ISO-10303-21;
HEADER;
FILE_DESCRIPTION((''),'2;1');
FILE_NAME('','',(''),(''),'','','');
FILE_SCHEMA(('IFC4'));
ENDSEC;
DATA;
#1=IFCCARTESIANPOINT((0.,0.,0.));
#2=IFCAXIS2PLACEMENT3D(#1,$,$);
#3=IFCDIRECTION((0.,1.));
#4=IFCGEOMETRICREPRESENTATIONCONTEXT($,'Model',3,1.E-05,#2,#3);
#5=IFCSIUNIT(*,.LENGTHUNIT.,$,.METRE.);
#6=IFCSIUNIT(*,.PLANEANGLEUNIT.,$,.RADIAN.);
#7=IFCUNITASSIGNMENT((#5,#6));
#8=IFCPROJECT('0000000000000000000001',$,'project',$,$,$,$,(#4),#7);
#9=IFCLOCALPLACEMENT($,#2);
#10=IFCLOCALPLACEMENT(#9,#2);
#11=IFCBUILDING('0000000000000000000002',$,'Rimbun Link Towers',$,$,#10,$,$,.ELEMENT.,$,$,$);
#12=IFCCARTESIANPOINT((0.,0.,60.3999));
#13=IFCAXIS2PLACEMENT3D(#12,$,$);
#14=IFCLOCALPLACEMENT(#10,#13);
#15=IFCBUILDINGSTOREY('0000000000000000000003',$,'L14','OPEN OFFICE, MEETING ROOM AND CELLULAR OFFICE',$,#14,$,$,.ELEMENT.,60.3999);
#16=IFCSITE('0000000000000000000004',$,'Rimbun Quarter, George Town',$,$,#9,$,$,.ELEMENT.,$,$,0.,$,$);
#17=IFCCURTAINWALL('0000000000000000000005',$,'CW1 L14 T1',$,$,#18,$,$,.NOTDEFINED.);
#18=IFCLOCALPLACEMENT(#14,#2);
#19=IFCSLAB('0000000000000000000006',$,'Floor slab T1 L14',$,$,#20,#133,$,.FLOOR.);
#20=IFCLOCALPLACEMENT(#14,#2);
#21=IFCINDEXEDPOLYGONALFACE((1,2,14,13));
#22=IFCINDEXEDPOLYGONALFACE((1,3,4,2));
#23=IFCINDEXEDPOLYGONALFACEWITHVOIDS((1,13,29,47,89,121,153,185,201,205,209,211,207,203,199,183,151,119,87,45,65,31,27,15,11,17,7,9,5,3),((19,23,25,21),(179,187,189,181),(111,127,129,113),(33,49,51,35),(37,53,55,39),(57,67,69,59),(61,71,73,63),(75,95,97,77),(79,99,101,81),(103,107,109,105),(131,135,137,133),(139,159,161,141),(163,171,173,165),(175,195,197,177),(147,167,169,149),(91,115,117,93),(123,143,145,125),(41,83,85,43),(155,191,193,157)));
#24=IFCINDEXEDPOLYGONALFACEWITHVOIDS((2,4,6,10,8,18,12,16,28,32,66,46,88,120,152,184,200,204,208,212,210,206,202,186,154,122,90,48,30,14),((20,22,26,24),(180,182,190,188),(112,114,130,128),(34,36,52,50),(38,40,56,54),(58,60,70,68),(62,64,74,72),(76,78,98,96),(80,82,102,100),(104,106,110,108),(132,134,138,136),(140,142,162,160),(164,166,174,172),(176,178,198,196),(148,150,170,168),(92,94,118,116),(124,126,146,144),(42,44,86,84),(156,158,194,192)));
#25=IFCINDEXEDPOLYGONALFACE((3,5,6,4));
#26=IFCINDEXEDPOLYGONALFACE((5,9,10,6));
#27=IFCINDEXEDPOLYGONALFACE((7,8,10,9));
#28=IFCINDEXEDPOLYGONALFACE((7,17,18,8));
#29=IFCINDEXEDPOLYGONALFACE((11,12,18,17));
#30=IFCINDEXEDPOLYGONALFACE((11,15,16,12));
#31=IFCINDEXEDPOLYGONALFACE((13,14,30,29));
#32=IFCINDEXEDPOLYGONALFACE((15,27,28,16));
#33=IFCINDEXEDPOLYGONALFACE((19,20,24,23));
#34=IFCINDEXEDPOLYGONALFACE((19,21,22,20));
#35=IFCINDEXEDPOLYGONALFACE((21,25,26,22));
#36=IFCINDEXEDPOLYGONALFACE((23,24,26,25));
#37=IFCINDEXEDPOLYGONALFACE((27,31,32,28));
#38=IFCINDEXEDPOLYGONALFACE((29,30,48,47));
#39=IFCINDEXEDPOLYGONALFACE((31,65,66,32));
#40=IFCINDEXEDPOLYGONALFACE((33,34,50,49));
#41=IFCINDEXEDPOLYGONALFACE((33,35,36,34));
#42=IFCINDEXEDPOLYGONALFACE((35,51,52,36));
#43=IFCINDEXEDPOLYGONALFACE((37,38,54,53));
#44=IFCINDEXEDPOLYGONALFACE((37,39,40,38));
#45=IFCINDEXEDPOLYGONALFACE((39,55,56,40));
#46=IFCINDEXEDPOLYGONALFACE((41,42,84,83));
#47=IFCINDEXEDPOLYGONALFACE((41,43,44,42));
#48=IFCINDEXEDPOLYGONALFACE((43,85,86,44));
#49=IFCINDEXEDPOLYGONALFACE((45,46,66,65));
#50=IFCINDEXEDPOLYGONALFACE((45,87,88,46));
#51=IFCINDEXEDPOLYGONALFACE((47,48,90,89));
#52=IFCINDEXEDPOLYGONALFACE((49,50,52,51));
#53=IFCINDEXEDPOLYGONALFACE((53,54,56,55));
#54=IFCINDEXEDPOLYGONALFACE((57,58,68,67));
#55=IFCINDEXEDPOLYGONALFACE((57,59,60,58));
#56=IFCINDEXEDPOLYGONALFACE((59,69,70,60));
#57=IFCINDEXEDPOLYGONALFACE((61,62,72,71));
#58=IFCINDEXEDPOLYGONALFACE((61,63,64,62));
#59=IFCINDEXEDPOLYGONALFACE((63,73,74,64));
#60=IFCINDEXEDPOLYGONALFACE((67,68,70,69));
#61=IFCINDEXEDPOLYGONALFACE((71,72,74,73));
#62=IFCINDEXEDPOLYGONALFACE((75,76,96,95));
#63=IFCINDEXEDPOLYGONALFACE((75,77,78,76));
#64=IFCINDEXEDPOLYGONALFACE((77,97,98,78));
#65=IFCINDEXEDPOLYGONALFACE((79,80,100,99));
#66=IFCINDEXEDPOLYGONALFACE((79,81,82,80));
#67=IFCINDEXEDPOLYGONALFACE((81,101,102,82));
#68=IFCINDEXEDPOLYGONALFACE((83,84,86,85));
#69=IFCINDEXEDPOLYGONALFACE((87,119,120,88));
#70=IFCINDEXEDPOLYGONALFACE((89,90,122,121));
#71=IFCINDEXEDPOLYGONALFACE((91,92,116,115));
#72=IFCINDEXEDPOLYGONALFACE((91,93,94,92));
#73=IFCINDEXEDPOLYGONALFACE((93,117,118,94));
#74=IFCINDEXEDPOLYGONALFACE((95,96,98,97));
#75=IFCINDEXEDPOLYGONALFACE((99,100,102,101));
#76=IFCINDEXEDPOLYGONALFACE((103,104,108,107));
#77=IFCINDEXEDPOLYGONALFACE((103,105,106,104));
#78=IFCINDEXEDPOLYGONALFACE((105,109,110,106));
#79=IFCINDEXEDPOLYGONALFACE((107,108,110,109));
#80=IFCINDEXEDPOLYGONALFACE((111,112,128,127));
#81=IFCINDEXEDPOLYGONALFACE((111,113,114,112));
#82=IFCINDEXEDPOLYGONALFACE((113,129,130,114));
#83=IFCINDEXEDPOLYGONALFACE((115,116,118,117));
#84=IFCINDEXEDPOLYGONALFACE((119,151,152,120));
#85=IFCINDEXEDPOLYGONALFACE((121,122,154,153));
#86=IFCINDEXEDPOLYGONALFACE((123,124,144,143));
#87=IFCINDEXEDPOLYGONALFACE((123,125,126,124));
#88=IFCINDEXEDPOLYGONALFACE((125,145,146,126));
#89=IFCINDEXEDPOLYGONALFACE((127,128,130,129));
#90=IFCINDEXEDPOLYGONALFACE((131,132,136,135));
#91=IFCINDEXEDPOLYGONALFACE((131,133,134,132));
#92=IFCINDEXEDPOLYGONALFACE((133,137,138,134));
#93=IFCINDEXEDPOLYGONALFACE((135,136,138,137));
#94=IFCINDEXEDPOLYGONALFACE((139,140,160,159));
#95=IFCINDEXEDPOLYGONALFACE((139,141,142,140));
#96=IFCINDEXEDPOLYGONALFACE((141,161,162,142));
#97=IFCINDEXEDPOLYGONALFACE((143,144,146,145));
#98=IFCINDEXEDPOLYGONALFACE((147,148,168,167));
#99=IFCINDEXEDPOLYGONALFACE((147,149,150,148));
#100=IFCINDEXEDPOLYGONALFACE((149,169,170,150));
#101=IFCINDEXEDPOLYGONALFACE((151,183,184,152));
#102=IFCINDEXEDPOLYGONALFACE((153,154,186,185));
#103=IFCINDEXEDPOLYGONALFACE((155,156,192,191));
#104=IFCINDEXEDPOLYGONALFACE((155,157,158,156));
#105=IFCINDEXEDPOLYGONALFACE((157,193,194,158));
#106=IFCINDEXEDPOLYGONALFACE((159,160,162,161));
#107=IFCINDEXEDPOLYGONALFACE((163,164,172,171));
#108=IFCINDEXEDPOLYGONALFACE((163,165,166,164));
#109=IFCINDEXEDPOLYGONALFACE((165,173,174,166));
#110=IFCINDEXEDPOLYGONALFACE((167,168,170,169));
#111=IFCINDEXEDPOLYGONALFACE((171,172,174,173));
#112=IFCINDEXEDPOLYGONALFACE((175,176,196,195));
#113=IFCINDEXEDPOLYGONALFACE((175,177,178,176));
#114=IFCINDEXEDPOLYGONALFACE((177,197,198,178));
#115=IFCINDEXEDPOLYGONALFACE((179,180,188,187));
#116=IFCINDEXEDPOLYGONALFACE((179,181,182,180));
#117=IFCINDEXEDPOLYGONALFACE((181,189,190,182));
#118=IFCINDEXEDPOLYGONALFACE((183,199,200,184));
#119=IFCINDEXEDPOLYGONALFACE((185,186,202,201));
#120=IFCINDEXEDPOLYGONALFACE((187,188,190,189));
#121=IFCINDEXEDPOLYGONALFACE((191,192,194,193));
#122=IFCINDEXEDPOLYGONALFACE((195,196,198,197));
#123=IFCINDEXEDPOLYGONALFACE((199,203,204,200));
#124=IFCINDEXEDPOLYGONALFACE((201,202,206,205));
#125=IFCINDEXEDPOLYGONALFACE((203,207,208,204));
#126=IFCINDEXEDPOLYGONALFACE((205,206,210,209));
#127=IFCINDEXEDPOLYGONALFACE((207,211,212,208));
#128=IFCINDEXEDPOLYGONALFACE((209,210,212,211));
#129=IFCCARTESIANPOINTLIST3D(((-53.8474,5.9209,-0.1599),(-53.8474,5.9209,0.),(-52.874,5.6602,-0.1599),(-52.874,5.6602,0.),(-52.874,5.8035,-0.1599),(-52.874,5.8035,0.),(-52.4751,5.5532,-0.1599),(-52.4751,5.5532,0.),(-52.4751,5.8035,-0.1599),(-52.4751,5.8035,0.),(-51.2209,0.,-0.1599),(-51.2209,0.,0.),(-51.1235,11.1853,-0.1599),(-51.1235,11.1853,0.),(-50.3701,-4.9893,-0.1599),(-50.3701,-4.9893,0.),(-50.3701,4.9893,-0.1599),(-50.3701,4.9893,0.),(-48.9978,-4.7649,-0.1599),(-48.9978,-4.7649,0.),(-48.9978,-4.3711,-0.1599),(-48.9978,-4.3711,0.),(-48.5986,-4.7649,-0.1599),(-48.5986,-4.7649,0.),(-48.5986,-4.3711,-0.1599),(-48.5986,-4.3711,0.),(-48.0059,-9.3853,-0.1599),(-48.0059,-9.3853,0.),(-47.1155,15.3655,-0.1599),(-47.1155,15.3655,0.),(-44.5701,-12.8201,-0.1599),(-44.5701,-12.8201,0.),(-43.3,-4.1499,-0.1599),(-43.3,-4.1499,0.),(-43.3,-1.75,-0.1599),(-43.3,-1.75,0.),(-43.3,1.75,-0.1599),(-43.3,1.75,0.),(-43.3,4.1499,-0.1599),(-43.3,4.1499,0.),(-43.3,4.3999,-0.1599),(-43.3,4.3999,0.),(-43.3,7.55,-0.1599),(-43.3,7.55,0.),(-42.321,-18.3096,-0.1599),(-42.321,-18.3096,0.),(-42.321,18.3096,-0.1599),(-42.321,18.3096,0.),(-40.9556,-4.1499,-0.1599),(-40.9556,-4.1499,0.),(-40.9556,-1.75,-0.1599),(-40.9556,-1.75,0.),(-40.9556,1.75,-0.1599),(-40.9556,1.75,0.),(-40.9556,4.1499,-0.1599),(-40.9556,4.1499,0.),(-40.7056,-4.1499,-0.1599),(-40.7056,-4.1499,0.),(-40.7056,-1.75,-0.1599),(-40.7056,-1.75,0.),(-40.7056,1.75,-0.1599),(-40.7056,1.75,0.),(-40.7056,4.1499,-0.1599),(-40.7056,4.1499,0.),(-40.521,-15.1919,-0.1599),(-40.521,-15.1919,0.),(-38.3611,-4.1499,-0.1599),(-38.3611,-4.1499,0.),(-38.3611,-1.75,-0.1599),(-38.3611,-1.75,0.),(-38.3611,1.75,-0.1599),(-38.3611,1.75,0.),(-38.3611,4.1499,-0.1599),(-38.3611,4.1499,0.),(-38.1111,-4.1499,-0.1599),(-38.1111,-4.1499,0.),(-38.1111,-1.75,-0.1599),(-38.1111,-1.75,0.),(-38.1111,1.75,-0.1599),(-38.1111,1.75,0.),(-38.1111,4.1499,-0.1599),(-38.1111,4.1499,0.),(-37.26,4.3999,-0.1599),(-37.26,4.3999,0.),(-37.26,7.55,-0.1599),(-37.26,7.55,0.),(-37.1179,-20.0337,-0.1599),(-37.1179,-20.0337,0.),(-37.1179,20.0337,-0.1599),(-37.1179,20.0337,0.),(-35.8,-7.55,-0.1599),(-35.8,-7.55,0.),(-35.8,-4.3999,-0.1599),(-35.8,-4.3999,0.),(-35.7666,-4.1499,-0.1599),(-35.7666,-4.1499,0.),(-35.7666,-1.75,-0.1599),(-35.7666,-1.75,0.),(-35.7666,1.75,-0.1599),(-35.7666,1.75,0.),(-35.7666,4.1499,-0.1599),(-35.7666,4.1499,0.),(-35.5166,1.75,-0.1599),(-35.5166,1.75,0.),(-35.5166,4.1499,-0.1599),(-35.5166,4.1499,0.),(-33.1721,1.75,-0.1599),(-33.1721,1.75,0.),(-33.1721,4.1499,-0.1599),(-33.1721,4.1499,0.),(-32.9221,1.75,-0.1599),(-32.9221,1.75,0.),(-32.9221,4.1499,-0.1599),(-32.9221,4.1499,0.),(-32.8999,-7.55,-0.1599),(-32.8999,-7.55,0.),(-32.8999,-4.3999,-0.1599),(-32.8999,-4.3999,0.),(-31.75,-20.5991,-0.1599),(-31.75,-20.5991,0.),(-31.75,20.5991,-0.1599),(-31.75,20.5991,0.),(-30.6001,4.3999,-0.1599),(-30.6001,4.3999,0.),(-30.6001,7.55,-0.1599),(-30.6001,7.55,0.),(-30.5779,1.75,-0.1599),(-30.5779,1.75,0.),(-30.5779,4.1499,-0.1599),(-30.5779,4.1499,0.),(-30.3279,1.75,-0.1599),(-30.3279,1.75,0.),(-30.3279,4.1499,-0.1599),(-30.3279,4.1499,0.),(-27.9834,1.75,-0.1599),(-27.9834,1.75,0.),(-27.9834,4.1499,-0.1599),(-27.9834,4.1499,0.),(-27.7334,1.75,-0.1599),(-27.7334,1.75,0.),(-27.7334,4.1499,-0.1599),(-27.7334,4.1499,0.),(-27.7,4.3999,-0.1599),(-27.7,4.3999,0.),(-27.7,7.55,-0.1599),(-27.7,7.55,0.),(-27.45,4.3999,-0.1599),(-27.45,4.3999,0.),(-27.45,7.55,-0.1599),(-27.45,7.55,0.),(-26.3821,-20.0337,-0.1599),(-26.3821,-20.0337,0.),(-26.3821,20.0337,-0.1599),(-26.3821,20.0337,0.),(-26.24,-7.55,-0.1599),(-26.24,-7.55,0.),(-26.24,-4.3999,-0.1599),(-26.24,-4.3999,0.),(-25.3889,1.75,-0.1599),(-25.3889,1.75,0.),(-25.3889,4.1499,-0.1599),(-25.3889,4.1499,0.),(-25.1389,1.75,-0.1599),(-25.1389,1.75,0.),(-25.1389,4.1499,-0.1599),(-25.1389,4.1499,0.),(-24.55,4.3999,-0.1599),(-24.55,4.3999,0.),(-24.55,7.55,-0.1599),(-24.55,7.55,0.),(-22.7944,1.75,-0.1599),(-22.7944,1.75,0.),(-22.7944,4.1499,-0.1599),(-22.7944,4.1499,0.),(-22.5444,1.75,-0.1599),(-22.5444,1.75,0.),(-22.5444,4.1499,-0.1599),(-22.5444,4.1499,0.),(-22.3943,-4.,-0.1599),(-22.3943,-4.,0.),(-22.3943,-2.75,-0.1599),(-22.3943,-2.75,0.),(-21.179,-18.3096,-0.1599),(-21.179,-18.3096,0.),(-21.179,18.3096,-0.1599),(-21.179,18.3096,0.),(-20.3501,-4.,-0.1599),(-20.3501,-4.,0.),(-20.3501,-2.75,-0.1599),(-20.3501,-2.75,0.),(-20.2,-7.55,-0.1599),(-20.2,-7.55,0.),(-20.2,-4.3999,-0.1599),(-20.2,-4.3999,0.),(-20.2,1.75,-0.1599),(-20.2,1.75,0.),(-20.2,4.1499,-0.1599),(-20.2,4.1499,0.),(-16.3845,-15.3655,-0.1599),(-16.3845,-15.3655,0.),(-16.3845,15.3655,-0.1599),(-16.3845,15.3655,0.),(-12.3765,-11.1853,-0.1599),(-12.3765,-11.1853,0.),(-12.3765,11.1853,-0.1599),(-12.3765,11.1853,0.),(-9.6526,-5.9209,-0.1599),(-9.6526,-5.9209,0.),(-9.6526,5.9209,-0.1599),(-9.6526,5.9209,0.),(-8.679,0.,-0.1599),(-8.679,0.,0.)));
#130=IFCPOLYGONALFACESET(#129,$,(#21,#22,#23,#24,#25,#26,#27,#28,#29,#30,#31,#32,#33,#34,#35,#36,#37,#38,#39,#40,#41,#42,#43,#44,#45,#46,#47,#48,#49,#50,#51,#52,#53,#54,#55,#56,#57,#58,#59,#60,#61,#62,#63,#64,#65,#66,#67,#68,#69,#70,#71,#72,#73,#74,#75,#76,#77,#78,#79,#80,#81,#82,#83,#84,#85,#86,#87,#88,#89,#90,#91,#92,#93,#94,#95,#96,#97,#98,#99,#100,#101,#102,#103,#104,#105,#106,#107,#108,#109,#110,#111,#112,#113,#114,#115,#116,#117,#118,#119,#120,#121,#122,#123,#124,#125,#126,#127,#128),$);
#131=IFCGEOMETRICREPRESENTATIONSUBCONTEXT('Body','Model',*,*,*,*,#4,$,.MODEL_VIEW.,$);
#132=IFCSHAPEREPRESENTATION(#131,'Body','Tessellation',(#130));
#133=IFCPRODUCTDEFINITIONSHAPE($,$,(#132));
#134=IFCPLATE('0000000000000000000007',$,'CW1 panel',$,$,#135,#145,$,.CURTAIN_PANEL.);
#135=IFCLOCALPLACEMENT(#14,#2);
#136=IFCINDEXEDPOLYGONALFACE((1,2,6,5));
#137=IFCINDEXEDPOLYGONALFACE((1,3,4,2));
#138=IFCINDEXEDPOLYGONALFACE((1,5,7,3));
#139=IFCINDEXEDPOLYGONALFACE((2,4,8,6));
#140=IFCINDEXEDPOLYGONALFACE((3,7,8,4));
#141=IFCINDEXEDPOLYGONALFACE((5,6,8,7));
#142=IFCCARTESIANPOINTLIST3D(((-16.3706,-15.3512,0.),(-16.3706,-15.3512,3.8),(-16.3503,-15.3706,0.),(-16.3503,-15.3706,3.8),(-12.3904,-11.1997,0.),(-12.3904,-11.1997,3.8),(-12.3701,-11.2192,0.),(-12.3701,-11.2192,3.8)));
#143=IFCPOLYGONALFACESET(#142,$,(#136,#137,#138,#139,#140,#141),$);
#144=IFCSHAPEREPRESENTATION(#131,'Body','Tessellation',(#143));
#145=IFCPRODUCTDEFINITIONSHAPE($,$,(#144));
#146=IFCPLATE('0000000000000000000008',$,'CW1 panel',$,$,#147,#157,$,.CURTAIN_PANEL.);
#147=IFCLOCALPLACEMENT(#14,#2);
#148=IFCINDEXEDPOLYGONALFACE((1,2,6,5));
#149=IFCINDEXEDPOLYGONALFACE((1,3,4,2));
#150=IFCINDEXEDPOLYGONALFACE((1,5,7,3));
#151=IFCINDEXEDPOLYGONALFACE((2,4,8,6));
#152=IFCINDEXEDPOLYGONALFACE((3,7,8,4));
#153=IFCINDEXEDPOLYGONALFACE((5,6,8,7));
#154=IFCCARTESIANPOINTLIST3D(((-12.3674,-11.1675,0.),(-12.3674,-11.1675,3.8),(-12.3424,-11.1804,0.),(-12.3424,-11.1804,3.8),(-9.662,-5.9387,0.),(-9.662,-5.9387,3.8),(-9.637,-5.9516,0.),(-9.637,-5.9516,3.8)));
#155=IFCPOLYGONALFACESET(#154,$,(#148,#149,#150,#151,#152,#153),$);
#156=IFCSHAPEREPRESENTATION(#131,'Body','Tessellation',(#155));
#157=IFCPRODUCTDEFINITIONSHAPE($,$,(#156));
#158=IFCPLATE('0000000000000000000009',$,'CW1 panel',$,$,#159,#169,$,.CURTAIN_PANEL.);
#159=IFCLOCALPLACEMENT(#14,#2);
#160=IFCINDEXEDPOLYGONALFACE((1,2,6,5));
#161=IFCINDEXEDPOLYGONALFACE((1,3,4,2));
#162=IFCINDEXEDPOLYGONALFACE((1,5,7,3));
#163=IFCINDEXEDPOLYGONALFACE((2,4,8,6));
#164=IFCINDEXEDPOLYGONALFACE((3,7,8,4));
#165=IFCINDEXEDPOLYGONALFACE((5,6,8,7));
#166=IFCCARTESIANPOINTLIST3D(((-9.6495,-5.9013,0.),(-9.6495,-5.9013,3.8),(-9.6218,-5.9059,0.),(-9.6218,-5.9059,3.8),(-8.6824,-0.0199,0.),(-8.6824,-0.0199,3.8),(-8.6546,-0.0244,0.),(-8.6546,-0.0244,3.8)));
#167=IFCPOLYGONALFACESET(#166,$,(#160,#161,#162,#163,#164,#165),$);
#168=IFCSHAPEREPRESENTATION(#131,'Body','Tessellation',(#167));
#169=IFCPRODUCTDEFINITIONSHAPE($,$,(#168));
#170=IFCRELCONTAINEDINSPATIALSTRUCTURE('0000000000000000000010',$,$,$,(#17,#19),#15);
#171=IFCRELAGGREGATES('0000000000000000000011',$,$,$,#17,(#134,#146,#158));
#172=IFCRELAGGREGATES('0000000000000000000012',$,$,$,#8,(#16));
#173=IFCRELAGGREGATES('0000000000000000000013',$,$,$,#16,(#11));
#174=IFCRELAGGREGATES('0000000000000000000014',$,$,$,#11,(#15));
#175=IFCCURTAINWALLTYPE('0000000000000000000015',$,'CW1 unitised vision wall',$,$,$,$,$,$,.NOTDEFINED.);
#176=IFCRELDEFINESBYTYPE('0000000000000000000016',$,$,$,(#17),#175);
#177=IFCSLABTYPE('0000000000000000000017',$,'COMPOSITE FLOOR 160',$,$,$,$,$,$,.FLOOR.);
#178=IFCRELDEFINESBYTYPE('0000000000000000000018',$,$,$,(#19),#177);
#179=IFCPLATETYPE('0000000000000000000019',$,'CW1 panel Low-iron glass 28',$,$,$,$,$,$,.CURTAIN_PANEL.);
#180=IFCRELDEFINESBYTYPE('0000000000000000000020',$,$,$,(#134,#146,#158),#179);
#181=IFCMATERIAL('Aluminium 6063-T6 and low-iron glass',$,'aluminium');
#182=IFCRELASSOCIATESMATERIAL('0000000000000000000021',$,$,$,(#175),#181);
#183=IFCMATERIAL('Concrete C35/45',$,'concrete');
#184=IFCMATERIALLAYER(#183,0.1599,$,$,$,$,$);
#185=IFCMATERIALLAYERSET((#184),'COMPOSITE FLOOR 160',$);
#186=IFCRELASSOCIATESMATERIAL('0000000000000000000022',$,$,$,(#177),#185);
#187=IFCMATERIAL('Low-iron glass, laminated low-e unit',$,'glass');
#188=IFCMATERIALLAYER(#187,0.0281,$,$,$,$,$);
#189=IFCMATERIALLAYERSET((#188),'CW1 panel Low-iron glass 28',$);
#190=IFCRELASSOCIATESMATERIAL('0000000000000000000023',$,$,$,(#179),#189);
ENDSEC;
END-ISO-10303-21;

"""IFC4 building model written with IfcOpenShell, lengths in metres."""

from ifc_helpers import new_model, si_unit, direction, frame, origin, origin_2d, place, context, subcontext, project, spatial, polyline, rectangle, outline, extrude, material, layer, layer_set, type_object, element, aggregate, save


model = new_model("IFC4")

# Units and contexts
model_context = context("Model", 3, precision=1e-05, world=origin(), true_north=direction((0.0, 1.0)))
body_context = subcontext(model_context, "Body", "Model", "MODEL_VIEW")
ifc_project = project(units=[si_unit("LENGTHUNIT", "METRE"), si_unit("PLANEANGLEUNIT", "RADIAN")], contexts=[model_context])

# Site, building, storey
site_placement = place(None, origin())
site = spatial("IfcSite", under=ifc_project, at=site_placement, Name="Rimbun Quarter, George Town", CompositionType="ELEMENT", RefElevation=0.0)
building_placement = place(site_placement, origin())
building = spatial("IfcBuilding", under=site, at=building_placement, Name="Rimbun Link Towers", CompositionType="ELEMENT")
storey_placement = place(building_placement, frame((0.0, 0.0, 60.3999)))
storey = spatial("IfcBuildingStorey", under=building, at=storey_placement, Name="L14", Description="OPEN OFFICE, MEETING ROOM AND CELLULAR OFFICE", CompositionType="ELEMENT", Elevation=60.3999)

# Curtain wall
ifc_material_1 = material(Name="Aluminium 6063-T6 and low-iron glass", Category="aluminium")
curtain_wall_type = type_object("IfcCurtainWallType", Name="CW1 unitised vision wall", PredefinedType="NOTDEFINED", material=ifc_material_1)
curtain_wall_placement = place(storey_placement, origin())
curtain_wall = element("IfcCurtainWall", 1, at=curtain_wall_placement, inside=storey, type_object=curtain_wall_type, Name="CW1 L14 T1", PredefinedType="NOTDEFINED")

# Slab
ifc_material_2 = material(Name="Concrete C35/45", Category="concrete")
ifc_layer_1 = layer(ifc_material_2, 0.1599)
ifc_layer_set_1 = layer_set([ifc_layer_1], Name="COMPOSITE FLOOR 160")
slab_type = type_object("IfcSlabType", Name="COMPOSITE FLOOR 160", PredefinedType="FLOOR", material=ifc_layer_set_1)
slab_placement = place(storey_placement, frame((0.0, 0.0, -0.1599)))
element("IfcSlab", 2, at=slab_placement, inside=storey, type_object=slab_type, Name="Floor slab T1 L14", PredefinedType="FLOOR", context=body_context, shape_type="SweptSolid", body=[
    extrude(outline(polyline([(-53.8474, 5.9209), (-51.1235, 11.1853), (-47.1155, 15.3655), (-42.321, 18.3096), (-37.1179, 20.0337), (-31.75, 20.5991), (-26.3821, 20.0337), (-21.179, 18.3096), (-16.3845, 15.3655), (-12.3765, 11.1853), (-9.6526, 5.9209), (-8.679, 0.0), (-9.6526, -5.9209), (-12.3765, -11.1853), (-16.3845, -15.3655), (-21.179, -18.3096), (-26.3821, -20.0337), (-31.75, -20.5991), (-37.1179, -20.0337), (-42.321, -18.3096), (-40.521, -15.1919), (-44.5701, -12.8201), (-48.0059, -9.3853), (-50.3701, -4.9893), (-51.2209, 0.0), (-50.3701, 4.9893), (-52.4751, 5.5532), (-52.4751, 5.8035), (-52.874, 5.8035), (-52.874, 5.6602), (-53.8474, 5.9209)]), holes=[polyline([(-32.8999, -7.55), (-32.8999, -4.3999), (-35.8, -4.3999), (-35.8, -7.55), (-32.8999, -7.55)]), polyline([(-48.5986, -4.7649), (-48.5986, -4.3711), (-48.9978, -4.3711), (-48.9978, -4.7649), (-48.5986, -4.7649)]), polyline([(-40.9556, -4.1499), (-40.9556, -1.75), (-43.3, -1.75), (-43.3, -4.1499), (-40.9556, -4.1499)]), polyline([(-40.7056, -4.1499), (-38.3611, -4.1499), (-38.3611, -1.75), (-40.7056, -1.75), (-40.7056, -4.1499)]), polyline([(-38.1111, -4.1499), (-35.7666, -4.1499), (-35.7666, -1.75), (-38.1111, -1.75), (-38.1111, -4.1499)]), polyline([(-40.9556, 1.75), (-40.9556, 4.1499), (-43.3, 4.1499), (-43.3, 1.75), (-40.9556, 1.75)]), polyline([(-38.3611, 1.75), (-38.3611, 4.1499), (-40.7056, 4.1499), (-40.7056, 1.75), (-38.3611, 1.75)]), polyline([(-35.7666, 1.75), (-35.7666, 4.1499), (-38.1111, 4.1499), (-38.1111, 1.75), (-35.7666, 1.75)]), polyline([(-43.3, 4.3999), (-37.26, 4.3999), (-37.26, 7.55), (-43.3, 7.55), (-43.3, 4.3999)]), polyline([(-20.2, -7.55), (-20.2, -4.3999), (-26.24, -4.3999), (-26.24, -7.55), (-20.2, -7.55)]), polyline([(-22.3943, -4.0), (-20.3501, -4.0), (-20.3501, -2.75), (-22.3943, -2.75), (-22.3943, -4.0)]), polyline([(-33.1721, 1.75), (-33.1721, 4.1499), (-35.5166, 4.1499), (-35.5166, 1.75), (-33.1721, 1.75)]), polyline([(-32.9221, 1.75), (-30.5779, 1.75), (-30.5779, 4.1499), (-32.9221, 4.1499), (-32.9221, 1.75)]), polyline([(-30.3279, 1.75), (-27.9834, 1.75), (-27.9834, 4.1499), (-30.3279, 4.1499), (-30.3279, 1.75)]), polyline([(-25.3889, 1.75), (-25.3889, 4.1499), (-27.7334, 4.1499), (-27.7334, 1.75), (-25.3889, 1.75)]), polyline([(-22.7944, 1.75), (-22.7944, 4.1499), (-25.1389, 4.1499), (-25.1389, 1.75), (-22.7944, 1.75)]), polyline([(-20.2, 1.75), (-20.2, 4.1499), (-22.5444, 4.1499), (-22.5444, 1.75), (-20.2, 1.75)]), polyline([(-30.6001, 4.3999), (-27.7, 4.3999), (-27.7, 7.55), (-30.6001, 7.55), (-30.6001, 4.3999)]), polyline([(-27.45, 4.3999), (-24.55, 4.3999), (-24.55, 7.55), (-27.45, 7.55), (-27.45, 4.3999)])]), origin(), (0.0, 0.0, 1.0), 0.1599),
])

# Plates
ifc_material_3 = material(Name="Low-iron glass, laminated low-e unit", Category="glass")
ifc_layer_2 = layer(ifc_material_3, 0.0281)
ifc_layer_set_2 = layer_set([ifc_layer_2], Name="CW1 panel Low-iron glass 28")
plate_type = type_object("IfcPlateType", Name="CW1 panel Low-iron glass 28", PredefinedType="CURTAIN_PANEL", material=ifc_layer_set_2)
plate_1_placement = place(storey_placement, frame((-14.3704, -13.2852, 0.0), z_axis=(0.0, 0.0, 1.0), x_axis=(-0.692065, -0.721835, 0.0)))
plate_1 = element("IfcPlate", 3, at=plate_1_placement, type_object=plate_type, Name="CW1 panel", PredefinedType="CURTAIN_PANEL", context=body_context, shape_type="SweptSolid", body=[
    extrude(rectangle(XDim=5.7512, YDim=0.0281, at=origin_2d()), origin(), (0.0, 0.0, 1.0), 3.8),
])
plate_2_placement = place(storey_placement, frame((-11.0022, -8.5596, 0.0), z_axis=(0.0, 0.0, 1.0), x_axis=(-0.459541, -0.888157, 0.0)))
plate_2 = element("IfcPlate", 4, at=plate_2_placement, type_object=plate_type, Name="CW1 panel", PredefinedType="CURTAIN_PANEL", context=body_context, shape_type="SweptSolid", body=[
    extrude(rectangle(XDim=5.8872, YDim=0.0281, at=origin_2d()), origin(), (0.0, 0.0, 1.0), 3.8),
])
plate_3_placement = place(storey_placement, frame((-9.1521, -2.9629, 0.0), z_axis=(0.0, 0.0, 1.0), x_axis=(-0.162269, -0.986747, 0.0)))
plate_3 = element("IfcPlate", 5, at=plate_3_placement, type_object=plate_type, Name="CW1 panel", PredefinedType="CURTAIN_PANEL", context=body_context, shape_type="SweptSolid", body=[
    extrude(rectangle(XDim=5.9604, YDim=0.0281, at=origin_2d()), origin(), (0.0, 0.0, 1.0), 3.8),
])
aggregate(curtain_wall, [plate_1, plate_2, plate_3])

save(model, "model.ifc")
